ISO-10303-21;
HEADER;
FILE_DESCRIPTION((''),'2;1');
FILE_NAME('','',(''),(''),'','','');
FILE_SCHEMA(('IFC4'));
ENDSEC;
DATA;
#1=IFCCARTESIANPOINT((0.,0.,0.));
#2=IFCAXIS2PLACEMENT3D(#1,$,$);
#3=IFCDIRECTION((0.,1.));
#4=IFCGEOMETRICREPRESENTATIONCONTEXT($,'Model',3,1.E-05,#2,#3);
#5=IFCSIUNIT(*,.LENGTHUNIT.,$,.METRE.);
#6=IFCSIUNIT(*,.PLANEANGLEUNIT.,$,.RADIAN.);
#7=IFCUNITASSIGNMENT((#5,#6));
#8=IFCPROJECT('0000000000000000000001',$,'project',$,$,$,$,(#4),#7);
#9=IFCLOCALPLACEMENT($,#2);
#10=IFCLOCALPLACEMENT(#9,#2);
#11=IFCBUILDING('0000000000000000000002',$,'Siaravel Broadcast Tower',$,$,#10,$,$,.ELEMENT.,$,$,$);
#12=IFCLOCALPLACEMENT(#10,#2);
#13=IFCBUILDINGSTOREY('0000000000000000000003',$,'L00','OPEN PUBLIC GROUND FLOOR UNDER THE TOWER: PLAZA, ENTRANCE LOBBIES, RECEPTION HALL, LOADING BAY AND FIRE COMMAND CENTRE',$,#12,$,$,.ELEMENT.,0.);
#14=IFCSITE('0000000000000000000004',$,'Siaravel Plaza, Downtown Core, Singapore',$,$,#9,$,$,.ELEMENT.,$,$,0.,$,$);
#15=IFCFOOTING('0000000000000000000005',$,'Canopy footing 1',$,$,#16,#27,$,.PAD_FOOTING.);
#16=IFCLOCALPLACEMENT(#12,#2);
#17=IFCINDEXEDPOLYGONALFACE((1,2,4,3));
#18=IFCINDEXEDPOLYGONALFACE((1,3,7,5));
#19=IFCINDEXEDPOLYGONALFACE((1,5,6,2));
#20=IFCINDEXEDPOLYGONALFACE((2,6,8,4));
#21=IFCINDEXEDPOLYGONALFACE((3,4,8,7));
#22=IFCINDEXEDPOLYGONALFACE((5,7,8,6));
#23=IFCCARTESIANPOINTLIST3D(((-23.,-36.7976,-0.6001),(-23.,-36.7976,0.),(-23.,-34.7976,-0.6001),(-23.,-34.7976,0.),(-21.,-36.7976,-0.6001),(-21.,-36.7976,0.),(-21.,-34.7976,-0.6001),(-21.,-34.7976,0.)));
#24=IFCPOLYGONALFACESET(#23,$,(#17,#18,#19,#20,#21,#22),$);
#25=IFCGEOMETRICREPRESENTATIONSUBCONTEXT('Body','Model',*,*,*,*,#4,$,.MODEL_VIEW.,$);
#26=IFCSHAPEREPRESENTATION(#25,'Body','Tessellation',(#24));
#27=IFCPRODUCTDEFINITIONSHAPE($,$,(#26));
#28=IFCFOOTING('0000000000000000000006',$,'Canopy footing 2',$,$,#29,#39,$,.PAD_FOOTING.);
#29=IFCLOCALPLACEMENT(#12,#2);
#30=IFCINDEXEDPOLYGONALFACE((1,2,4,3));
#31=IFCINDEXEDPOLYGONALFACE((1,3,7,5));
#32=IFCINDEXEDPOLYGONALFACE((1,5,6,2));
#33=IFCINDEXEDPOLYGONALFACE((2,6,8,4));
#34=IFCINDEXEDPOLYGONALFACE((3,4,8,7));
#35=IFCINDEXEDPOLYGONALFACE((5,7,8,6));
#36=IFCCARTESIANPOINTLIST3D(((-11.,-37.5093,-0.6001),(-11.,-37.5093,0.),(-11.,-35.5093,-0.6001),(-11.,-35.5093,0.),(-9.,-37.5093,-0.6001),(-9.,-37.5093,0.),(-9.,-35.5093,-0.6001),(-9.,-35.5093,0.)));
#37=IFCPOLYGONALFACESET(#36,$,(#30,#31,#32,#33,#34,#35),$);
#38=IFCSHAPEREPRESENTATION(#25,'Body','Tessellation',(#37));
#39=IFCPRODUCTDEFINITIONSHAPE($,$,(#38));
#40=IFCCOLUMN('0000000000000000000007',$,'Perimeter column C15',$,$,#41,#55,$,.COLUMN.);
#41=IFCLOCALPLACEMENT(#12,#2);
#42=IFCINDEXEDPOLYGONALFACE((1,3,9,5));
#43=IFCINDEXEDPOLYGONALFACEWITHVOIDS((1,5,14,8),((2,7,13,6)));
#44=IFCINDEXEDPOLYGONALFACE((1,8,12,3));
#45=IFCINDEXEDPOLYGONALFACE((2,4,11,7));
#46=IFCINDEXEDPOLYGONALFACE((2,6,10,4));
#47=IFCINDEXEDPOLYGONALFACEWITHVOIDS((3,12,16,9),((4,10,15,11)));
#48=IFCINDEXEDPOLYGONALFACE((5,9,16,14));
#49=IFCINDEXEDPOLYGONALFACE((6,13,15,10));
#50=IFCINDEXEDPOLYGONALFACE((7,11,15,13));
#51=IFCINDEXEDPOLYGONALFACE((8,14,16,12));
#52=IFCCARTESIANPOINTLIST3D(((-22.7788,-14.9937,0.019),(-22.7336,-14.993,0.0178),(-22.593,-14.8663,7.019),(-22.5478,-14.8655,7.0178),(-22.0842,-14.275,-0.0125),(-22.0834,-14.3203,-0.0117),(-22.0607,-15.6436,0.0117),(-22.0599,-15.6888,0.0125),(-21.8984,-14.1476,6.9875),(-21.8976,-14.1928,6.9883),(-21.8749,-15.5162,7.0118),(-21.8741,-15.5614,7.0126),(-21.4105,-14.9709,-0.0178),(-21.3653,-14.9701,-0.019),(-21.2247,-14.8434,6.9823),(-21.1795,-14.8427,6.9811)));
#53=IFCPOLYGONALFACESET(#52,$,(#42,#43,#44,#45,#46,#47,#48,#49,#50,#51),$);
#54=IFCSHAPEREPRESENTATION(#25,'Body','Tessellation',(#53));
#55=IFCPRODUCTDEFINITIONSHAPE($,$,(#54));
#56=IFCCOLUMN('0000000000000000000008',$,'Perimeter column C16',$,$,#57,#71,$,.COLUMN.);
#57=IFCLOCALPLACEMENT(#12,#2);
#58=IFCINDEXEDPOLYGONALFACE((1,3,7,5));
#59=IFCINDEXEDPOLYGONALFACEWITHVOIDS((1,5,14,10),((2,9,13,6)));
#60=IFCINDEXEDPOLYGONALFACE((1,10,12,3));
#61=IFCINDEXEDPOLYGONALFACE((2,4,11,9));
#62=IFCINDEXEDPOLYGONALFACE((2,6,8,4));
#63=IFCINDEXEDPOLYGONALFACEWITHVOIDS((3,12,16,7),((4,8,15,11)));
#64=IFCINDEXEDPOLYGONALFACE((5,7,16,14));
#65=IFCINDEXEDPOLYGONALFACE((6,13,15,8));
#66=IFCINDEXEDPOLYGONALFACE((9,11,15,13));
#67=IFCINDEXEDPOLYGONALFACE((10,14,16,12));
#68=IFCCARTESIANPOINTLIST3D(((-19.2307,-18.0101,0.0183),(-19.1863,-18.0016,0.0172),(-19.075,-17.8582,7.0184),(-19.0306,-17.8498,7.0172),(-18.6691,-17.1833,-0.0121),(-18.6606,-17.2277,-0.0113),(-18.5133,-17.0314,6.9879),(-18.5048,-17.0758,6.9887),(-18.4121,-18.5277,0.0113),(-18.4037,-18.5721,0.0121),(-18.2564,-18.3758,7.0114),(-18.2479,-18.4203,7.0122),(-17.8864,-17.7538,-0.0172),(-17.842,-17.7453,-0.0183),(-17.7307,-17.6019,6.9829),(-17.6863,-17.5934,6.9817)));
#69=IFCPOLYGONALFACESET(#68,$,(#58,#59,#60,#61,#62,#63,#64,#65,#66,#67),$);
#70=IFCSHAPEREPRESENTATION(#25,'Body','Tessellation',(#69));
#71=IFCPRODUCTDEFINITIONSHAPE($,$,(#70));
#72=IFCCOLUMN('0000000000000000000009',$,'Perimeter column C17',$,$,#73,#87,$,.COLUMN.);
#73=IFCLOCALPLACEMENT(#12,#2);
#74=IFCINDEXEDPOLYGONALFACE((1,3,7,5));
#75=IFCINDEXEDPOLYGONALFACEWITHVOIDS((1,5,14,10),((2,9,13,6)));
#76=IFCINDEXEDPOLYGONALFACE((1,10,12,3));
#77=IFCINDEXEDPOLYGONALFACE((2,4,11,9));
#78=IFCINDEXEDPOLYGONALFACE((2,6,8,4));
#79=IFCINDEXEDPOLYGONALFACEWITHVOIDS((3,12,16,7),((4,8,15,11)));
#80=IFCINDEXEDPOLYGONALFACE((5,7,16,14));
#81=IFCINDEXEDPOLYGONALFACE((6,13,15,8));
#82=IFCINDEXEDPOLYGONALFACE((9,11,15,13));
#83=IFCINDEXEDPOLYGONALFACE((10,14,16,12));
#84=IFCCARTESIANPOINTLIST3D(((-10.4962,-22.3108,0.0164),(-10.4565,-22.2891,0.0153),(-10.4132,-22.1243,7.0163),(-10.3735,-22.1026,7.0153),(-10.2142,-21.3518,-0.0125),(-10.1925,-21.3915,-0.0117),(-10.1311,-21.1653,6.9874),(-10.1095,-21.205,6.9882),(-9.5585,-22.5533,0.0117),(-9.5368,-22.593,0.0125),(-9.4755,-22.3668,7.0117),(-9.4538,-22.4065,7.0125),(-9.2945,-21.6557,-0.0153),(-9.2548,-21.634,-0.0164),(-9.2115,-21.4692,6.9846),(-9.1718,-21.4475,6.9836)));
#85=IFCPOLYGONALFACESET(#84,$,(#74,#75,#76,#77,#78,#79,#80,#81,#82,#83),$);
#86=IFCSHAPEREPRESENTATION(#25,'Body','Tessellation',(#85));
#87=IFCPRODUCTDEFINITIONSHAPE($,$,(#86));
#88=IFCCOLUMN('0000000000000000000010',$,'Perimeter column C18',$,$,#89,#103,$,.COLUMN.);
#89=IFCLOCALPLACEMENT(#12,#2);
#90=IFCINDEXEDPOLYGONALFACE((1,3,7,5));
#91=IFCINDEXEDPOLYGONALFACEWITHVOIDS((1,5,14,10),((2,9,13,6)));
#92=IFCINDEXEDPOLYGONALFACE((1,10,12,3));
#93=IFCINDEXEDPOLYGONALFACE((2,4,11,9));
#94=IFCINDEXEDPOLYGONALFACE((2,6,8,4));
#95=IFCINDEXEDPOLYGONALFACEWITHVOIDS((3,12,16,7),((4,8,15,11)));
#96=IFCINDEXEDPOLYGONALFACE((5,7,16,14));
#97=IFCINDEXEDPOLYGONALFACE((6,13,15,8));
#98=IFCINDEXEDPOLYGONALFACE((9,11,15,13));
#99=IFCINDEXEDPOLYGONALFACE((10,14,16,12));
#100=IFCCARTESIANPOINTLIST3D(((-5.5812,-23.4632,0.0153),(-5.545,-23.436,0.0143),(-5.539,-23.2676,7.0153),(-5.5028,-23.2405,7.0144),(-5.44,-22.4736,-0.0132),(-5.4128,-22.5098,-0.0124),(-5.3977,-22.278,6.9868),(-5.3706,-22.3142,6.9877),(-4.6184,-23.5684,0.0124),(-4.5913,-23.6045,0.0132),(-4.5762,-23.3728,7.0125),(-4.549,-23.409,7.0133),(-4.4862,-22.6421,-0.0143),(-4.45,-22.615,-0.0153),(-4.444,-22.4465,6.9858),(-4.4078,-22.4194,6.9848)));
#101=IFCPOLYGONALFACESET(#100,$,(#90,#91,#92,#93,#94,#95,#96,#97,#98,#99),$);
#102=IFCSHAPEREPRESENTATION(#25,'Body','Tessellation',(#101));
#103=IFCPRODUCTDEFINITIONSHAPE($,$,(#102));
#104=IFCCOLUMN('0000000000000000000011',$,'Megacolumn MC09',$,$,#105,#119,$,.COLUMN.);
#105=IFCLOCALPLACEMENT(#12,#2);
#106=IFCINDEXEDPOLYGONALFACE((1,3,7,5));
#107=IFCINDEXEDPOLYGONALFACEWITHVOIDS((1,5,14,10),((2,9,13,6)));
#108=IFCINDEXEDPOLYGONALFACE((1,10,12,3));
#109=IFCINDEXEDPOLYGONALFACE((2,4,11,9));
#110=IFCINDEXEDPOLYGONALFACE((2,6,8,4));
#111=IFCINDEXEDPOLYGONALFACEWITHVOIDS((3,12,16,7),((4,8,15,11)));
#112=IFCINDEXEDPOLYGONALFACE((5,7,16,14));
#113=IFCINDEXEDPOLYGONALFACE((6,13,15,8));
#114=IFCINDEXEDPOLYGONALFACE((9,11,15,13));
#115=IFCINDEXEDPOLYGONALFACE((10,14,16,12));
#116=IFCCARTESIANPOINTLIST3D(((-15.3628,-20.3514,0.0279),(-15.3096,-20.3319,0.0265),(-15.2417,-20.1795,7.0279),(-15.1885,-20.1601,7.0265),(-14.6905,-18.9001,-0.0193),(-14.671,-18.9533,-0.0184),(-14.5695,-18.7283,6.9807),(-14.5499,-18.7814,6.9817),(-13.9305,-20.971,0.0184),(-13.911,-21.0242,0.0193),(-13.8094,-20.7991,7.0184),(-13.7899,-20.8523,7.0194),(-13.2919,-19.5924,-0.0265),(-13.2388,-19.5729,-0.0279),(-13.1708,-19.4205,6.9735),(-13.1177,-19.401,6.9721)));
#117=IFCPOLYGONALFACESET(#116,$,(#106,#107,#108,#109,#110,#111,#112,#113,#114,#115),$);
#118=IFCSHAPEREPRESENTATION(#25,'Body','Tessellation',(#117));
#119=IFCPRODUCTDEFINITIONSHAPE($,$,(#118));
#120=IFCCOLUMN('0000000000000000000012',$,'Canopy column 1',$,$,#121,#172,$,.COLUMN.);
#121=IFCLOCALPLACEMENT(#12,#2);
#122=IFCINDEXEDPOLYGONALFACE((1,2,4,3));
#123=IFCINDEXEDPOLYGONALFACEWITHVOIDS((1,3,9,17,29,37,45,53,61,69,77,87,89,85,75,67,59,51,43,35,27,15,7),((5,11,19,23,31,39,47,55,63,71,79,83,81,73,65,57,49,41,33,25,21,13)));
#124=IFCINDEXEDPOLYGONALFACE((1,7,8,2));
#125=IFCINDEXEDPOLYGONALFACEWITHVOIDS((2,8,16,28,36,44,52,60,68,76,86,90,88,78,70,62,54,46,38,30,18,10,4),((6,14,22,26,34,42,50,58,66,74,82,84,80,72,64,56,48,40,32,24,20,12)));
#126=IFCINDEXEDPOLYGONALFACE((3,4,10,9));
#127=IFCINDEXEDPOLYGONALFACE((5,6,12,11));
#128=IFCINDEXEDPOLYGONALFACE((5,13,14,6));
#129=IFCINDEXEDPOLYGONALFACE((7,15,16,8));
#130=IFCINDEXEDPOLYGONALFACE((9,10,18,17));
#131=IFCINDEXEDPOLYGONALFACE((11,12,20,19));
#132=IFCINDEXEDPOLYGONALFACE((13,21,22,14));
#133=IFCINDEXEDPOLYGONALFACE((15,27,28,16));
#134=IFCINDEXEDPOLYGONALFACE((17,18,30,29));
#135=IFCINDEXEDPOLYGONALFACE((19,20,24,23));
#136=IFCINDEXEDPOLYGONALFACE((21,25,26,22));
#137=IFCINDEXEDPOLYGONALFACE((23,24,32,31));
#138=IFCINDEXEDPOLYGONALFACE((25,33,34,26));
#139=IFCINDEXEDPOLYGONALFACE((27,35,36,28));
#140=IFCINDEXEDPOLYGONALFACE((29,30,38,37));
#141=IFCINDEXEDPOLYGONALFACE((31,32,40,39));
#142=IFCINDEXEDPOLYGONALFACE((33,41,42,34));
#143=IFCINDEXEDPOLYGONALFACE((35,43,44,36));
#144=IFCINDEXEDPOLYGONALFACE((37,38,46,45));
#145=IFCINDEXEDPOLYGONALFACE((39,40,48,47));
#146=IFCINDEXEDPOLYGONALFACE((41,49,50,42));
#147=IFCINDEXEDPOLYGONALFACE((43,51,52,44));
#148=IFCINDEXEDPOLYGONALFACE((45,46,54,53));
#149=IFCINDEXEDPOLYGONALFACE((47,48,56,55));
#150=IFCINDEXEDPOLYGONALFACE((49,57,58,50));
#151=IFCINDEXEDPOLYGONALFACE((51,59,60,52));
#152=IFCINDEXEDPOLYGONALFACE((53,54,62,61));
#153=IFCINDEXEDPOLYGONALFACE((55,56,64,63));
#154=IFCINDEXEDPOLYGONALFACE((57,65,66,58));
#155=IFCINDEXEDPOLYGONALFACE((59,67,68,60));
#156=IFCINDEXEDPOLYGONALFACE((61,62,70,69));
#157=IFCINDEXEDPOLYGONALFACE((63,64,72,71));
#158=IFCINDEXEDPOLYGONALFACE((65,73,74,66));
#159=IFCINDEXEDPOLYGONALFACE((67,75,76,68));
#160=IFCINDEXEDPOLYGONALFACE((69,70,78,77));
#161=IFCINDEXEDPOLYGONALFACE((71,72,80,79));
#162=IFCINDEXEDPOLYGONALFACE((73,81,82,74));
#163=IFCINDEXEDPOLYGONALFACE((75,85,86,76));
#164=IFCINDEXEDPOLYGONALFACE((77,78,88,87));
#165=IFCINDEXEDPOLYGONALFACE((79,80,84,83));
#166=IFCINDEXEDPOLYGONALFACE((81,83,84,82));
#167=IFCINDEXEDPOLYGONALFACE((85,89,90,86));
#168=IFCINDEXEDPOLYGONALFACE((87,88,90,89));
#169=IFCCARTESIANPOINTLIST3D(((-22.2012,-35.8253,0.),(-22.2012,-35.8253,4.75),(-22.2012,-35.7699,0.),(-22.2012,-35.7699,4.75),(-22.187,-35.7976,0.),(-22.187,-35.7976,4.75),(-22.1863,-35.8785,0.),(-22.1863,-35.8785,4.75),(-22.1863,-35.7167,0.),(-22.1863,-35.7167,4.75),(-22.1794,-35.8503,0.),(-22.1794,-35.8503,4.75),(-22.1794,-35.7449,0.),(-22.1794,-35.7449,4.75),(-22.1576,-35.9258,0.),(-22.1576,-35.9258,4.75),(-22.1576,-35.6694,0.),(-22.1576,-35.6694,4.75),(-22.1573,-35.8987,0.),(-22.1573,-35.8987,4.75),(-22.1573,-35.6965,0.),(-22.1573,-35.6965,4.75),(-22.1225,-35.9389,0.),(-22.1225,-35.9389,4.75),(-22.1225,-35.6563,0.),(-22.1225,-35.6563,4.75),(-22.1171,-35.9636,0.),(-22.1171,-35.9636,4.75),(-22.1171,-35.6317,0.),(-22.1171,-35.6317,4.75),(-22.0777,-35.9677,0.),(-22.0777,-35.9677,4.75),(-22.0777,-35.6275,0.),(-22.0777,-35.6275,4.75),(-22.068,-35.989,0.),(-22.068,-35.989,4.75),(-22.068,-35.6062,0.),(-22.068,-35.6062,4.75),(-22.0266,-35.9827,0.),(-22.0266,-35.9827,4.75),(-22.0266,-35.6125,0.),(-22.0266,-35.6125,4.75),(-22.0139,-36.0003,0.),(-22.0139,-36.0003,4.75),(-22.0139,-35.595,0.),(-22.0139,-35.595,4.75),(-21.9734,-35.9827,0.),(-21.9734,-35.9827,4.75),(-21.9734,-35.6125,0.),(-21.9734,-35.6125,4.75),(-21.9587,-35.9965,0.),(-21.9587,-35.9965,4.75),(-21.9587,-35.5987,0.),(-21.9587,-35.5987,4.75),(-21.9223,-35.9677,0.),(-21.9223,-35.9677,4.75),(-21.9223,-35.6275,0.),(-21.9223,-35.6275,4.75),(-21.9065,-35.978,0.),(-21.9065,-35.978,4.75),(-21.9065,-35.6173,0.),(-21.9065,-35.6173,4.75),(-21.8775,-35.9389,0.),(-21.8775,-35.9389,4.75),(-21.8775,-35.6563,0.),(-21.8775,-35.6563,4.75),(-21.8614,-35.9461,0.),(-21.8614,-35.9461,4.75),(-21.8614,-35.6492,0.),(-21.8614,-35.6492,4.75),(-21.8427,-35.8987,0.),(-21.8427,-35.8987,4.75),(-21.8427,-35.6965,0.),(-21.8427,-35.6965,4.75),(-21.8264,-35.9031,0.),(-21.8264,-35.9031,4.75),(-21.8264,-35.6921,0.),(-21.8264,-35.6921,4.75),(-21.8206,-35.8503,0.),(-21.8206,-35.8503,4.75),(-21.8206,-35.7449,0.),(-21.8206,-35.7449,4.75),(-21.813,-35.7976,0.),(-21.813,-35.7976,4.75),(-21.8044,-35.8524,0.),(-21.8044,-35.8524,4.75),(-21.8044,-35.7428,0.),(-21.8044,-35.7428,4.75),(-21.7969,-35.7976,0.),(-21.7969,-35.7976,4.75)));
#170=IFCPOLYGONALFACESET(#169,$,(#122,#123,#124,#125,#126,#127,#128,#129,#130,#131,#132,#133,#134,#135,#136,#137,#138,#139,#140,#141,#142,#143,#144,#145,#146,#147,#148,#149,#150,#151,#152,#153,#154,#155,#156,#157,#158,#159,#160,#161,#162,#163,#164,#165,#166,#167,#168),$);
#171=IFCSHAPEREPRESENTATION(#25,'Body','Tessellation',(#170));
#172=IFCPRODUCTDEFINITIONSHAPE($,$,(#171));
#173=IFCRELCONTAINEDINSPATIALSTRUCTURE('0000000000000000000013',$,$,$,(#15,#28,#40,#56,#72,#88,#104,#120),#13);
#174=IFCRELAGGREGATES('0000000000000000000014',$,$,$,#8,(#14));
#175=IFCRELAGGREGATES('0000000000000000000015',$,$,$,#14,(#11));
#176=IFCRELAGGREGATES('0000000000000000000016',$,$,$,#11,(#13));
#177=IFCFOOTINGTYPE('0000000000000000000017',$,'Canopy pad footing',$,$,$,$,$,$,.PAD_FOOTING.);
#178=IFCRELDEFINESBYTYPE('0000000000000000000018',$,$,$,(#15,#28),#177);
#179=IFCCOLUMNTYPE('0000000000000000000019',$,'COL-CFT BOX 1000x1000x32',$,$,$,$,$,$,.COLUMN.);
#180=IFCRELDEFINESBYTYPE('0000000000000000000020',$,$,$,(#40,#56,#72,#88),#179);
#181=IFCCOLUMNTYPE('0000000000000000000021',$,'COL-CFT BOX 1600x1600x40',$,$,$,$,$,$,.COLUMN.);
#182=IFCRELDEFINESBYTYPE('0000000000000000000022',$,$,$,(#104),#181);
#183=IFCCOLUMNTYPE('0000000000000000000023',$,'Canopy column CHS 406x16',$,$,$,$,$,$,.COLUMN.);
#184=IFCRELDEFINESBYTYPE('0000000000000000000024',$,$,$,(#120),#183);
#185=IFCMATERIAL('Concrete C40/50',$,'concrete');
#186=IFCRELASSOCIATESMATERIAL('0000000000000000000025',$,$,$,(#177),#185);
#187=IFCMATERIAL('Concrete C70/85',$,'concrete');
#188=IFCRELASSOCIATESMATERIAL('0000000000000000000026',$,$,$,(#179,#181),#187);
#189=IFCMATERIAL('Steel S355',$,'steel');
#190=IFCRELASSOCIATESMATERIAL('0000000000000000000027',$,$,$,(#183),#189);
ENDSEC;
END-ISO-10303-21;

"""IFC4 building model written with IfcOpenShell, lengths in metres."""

from ifc_helpers import new_model, si_unit, direction, frame, origin, origin_2d, place, context, subcontext, project, spatial, rectangle, hollow_rectangle, hollow_circle, extrude, material, material_profile, profile_set, type_object, element, save


model = new_model("IFC4")

# Units and contexts
model_context = context("Model", 3, precision=1e-05, world=origin(), true_north=direction((0.0, 1.0)))
body_context = subcontext(model_context, "Body", "Model", "MODEL_VIEW")
ifc_project = project(units=[si_unit("LENGTHUNIT", "METRE"), si_unit("PLANEANGLEUNIT", "RADIAN")], contexts=[model_context])

# Site, building, storey
site_placement = place(None, origin())
site = spatial("IfcSite", under=ifc_project, at=site_placement, Name="Siaravel Plaza, Downtown Core, Singapore", CompositionType="ELEMENT", RefElevation=0.0)
building_placement = place(site_placement, origin())
building = spatial("IfcBuilding", under=site, at=building_placement, Name="Siaravel Broadcast Tower", CompositionType="ELEMENT")
storey_placement = place(building_placement, origin())
storey = spatial("IfcBuildingStorey", under=building, at=storey_placement, Name="L00", Description="OPEN PUBLIC GROUND FLOOR UNDER THE TOWER: PLAZA, ENTRANCE LOBBIES, RECEPTION HALL, LOADING BAY AND FIRE COMMAND CENTRE", CompositionType="ELEMENT", Elevation=0.0)

# Footings
ifc_material_1 = material(Name="Concrete C40/50", Category="concrete")
footing_type = type_object("IfcFootingType", Name="Canopy pad footing", PredefinedType="PAD_FOOTING", material=ifc_material_1)
for number, where, z_axis, x_axis, name in (
    (1, (-22.0, -35.7976, -0.6001), (0.0, 0.0, 1.0), (1.0, 0.0, 0.0), "Canopy footing 1"),
    (2, (-10.0, -36.5093, -0.6001), (0.0, 0.0, 1.0), (1.0, 0.0, 0.0), "Canopy footing 2"),
):
    element("IfcFooting", number, at=place(storey_placement, frame(where, z_axis=z_axis, x_axis=x_axis)), inside=storey, type_object=footing_type, Name=name, PredefinedType="PAD_FOOTING", context=body_context, shape_type="SweptSolid", body=[
        extrude(rectangle(XDim=2.0, YDim=2.0, at=origin_2d()), origin(), (0.0, 0.0, 1.0), 0.6001),
    ])

# Columns
ifc_material_2 = material(Name="Concrete C70/85", Category="concrete")
ifc_material_profile_1 = material_profile(ifc_material_2, hollow_rectangle(XDim=1.0, YDim=1.0, WallThickness=0.032, at=origin_2d()))
ifc_profile_set_1 = profile_set([ifc_material_profile_1], Name="Concrete C70/85")
column_type_1 = type_object("IfcColumnType", Name="COL-CFT BOX 1000x1000x32", PredefinedType="COLUMN", material=ifc_profile_set_1)
column_1_placement = place(storey_placement, frame((-22.072, -14.9819, 0.0), z_axis=(0.026528, 0.018196, 0.999482), x_axis=(-0.7189, 0.695084, 0.006426)))
element("IfcColumn", 3, at=column_1_placement, inside=storey, type_object=column_type_1, Name="Perimeter column C15", PredefinedType="COLUMN", context=body_context, shape_type="SweptSolid", body=[
    extrude(hollow_rectangle(XDim=1.0, YDim=1.0, WallThickness=0.032, at=origin_2d()), origin(), (0.0, 0.0, 1.0), 7.0037),
])
column_2_placement = place(storey_placement, frame((-18.5364, -17.8777, 0.0), z_axis=(0.022241, 0.021683, 0.999517), x_axis=(-0.827085, 0.562043, 0.006211)))
element("IfcColumn", 4, at=column_2_placement, inside=storey, type_object=column_type_1, Name="Perimeter column C16", PredefinedType="COLUMN", context=body_context, shape_type="SweptSolid", body=[
    extrude(hollow_rectangle(XDim=1.0, YDim=1.0, WallThickness=0.032, at=origin_2d()), origin(), (0.0, 0.0, 1.0), 7.0034),
])
for number, where, z_axis, x_axis, name in (
    (5, (-9.8755, -21.9724, 0.0), (0.011853, 0.026635, 0.999575), (-0.959339, 0.282231, 0.003856), "Perimeter column C17"),
    (6, (-5.0156, -23.0391, 0.0), (0.006031, 0.027925, 0.999592), (-0.989957, 0.141354, 0.002024), "Perimeter column C18"),
):
    element("IfcColumn", number, at=place(storey_placement, frame(where, z_axis=z_axis, x_axis=x_axis)), inside=storey, type_object=column_type_1, Name=name, PredefinedType="COLUMN", context=body_context, shape_type="SweptSolid", body=[
        extrude(hollow_rectangle(XDim=1.0, YDim=1.0, WallThickness=0.032, at=origin_2d()), origin(), (0.0, 0.0, 1.0), 7.0029),
    ])
ifc_material_profile_2 = material_profile(ifc_material_2, hollow_rectangle(XDim=1.6001, YDim=1.6001, WallThickness=0.04, at=origin_2d()))
ifc_profile_set_2 = profile_set([ifc_material_profile_2], Name="Concrete C70/85")
column_type_2 = type_object("IfcColumnType", Name="COL-CFT BOX 1600x1600x40", PredefinedType="COLUMN", material=ifc_profile_set_2)
column_3_placement = place(storey_placement, frame((-14.3008, -19.9622, 0.0), z_axis=(0.017291, 0.024543, 0.999549), x_axis=(-0.907303, 0.420444, 0.005372)))
element("IfcColumn", 7, at=column_3_placement, inside=storey, type_object=column_type_2, Name="Megacolumn MC09", PredefinedType="COLUMN", context=body_context, shape_type="SweptSolid", body=[
    extrude(hollow_rectangle(XDim=1.6001, YDim=1.6001, WallThickness=0.04, at=origin_2d()), origin(), (0.0, 0.0, 1.0), 7.0032),
])
ifc_material_3 = material(Name="Steel S355", Category="steel")
ifc_material_profile_3 = material_profile(ifc_material_3, hollow_circle(Radius=0.2031, WallThickness=0.0161, at=origin_2d()))
ifc_profile_set_3 = profile_set([ifc_material_profile_3], Name="Steel S355")
column_type_3 = type_object("IfcColumnType", Name="Canopy column CHS 406x16", PredefinedType="COLUMN", material=ifc_profile_set_3)
for number, where, z_axis, x_axis, name in (
    (8, (-22.0, -35.7976, 0.0), (0.0, 0.0, 1.0), (1.0, 0.0, 0.0), "Canopy column 1"),
):
    element("IfcColumn", number, at=place(storey_placement, frame(where, z_axis=z_axis, x_axis=x_axis)), inside=storey, type_object=column_type_3, Name=name, PredefinedType="COLUMN", context=body_context, shape_type="SweptSolid", body=[
        extrude(hollow_circle(Radius=0.2031, WallThickness=0.0161, at=origin_2d()), origin(), (0.0, 0.0, 1.0), 4.75),
    ])

save(model, "model.ifc")
